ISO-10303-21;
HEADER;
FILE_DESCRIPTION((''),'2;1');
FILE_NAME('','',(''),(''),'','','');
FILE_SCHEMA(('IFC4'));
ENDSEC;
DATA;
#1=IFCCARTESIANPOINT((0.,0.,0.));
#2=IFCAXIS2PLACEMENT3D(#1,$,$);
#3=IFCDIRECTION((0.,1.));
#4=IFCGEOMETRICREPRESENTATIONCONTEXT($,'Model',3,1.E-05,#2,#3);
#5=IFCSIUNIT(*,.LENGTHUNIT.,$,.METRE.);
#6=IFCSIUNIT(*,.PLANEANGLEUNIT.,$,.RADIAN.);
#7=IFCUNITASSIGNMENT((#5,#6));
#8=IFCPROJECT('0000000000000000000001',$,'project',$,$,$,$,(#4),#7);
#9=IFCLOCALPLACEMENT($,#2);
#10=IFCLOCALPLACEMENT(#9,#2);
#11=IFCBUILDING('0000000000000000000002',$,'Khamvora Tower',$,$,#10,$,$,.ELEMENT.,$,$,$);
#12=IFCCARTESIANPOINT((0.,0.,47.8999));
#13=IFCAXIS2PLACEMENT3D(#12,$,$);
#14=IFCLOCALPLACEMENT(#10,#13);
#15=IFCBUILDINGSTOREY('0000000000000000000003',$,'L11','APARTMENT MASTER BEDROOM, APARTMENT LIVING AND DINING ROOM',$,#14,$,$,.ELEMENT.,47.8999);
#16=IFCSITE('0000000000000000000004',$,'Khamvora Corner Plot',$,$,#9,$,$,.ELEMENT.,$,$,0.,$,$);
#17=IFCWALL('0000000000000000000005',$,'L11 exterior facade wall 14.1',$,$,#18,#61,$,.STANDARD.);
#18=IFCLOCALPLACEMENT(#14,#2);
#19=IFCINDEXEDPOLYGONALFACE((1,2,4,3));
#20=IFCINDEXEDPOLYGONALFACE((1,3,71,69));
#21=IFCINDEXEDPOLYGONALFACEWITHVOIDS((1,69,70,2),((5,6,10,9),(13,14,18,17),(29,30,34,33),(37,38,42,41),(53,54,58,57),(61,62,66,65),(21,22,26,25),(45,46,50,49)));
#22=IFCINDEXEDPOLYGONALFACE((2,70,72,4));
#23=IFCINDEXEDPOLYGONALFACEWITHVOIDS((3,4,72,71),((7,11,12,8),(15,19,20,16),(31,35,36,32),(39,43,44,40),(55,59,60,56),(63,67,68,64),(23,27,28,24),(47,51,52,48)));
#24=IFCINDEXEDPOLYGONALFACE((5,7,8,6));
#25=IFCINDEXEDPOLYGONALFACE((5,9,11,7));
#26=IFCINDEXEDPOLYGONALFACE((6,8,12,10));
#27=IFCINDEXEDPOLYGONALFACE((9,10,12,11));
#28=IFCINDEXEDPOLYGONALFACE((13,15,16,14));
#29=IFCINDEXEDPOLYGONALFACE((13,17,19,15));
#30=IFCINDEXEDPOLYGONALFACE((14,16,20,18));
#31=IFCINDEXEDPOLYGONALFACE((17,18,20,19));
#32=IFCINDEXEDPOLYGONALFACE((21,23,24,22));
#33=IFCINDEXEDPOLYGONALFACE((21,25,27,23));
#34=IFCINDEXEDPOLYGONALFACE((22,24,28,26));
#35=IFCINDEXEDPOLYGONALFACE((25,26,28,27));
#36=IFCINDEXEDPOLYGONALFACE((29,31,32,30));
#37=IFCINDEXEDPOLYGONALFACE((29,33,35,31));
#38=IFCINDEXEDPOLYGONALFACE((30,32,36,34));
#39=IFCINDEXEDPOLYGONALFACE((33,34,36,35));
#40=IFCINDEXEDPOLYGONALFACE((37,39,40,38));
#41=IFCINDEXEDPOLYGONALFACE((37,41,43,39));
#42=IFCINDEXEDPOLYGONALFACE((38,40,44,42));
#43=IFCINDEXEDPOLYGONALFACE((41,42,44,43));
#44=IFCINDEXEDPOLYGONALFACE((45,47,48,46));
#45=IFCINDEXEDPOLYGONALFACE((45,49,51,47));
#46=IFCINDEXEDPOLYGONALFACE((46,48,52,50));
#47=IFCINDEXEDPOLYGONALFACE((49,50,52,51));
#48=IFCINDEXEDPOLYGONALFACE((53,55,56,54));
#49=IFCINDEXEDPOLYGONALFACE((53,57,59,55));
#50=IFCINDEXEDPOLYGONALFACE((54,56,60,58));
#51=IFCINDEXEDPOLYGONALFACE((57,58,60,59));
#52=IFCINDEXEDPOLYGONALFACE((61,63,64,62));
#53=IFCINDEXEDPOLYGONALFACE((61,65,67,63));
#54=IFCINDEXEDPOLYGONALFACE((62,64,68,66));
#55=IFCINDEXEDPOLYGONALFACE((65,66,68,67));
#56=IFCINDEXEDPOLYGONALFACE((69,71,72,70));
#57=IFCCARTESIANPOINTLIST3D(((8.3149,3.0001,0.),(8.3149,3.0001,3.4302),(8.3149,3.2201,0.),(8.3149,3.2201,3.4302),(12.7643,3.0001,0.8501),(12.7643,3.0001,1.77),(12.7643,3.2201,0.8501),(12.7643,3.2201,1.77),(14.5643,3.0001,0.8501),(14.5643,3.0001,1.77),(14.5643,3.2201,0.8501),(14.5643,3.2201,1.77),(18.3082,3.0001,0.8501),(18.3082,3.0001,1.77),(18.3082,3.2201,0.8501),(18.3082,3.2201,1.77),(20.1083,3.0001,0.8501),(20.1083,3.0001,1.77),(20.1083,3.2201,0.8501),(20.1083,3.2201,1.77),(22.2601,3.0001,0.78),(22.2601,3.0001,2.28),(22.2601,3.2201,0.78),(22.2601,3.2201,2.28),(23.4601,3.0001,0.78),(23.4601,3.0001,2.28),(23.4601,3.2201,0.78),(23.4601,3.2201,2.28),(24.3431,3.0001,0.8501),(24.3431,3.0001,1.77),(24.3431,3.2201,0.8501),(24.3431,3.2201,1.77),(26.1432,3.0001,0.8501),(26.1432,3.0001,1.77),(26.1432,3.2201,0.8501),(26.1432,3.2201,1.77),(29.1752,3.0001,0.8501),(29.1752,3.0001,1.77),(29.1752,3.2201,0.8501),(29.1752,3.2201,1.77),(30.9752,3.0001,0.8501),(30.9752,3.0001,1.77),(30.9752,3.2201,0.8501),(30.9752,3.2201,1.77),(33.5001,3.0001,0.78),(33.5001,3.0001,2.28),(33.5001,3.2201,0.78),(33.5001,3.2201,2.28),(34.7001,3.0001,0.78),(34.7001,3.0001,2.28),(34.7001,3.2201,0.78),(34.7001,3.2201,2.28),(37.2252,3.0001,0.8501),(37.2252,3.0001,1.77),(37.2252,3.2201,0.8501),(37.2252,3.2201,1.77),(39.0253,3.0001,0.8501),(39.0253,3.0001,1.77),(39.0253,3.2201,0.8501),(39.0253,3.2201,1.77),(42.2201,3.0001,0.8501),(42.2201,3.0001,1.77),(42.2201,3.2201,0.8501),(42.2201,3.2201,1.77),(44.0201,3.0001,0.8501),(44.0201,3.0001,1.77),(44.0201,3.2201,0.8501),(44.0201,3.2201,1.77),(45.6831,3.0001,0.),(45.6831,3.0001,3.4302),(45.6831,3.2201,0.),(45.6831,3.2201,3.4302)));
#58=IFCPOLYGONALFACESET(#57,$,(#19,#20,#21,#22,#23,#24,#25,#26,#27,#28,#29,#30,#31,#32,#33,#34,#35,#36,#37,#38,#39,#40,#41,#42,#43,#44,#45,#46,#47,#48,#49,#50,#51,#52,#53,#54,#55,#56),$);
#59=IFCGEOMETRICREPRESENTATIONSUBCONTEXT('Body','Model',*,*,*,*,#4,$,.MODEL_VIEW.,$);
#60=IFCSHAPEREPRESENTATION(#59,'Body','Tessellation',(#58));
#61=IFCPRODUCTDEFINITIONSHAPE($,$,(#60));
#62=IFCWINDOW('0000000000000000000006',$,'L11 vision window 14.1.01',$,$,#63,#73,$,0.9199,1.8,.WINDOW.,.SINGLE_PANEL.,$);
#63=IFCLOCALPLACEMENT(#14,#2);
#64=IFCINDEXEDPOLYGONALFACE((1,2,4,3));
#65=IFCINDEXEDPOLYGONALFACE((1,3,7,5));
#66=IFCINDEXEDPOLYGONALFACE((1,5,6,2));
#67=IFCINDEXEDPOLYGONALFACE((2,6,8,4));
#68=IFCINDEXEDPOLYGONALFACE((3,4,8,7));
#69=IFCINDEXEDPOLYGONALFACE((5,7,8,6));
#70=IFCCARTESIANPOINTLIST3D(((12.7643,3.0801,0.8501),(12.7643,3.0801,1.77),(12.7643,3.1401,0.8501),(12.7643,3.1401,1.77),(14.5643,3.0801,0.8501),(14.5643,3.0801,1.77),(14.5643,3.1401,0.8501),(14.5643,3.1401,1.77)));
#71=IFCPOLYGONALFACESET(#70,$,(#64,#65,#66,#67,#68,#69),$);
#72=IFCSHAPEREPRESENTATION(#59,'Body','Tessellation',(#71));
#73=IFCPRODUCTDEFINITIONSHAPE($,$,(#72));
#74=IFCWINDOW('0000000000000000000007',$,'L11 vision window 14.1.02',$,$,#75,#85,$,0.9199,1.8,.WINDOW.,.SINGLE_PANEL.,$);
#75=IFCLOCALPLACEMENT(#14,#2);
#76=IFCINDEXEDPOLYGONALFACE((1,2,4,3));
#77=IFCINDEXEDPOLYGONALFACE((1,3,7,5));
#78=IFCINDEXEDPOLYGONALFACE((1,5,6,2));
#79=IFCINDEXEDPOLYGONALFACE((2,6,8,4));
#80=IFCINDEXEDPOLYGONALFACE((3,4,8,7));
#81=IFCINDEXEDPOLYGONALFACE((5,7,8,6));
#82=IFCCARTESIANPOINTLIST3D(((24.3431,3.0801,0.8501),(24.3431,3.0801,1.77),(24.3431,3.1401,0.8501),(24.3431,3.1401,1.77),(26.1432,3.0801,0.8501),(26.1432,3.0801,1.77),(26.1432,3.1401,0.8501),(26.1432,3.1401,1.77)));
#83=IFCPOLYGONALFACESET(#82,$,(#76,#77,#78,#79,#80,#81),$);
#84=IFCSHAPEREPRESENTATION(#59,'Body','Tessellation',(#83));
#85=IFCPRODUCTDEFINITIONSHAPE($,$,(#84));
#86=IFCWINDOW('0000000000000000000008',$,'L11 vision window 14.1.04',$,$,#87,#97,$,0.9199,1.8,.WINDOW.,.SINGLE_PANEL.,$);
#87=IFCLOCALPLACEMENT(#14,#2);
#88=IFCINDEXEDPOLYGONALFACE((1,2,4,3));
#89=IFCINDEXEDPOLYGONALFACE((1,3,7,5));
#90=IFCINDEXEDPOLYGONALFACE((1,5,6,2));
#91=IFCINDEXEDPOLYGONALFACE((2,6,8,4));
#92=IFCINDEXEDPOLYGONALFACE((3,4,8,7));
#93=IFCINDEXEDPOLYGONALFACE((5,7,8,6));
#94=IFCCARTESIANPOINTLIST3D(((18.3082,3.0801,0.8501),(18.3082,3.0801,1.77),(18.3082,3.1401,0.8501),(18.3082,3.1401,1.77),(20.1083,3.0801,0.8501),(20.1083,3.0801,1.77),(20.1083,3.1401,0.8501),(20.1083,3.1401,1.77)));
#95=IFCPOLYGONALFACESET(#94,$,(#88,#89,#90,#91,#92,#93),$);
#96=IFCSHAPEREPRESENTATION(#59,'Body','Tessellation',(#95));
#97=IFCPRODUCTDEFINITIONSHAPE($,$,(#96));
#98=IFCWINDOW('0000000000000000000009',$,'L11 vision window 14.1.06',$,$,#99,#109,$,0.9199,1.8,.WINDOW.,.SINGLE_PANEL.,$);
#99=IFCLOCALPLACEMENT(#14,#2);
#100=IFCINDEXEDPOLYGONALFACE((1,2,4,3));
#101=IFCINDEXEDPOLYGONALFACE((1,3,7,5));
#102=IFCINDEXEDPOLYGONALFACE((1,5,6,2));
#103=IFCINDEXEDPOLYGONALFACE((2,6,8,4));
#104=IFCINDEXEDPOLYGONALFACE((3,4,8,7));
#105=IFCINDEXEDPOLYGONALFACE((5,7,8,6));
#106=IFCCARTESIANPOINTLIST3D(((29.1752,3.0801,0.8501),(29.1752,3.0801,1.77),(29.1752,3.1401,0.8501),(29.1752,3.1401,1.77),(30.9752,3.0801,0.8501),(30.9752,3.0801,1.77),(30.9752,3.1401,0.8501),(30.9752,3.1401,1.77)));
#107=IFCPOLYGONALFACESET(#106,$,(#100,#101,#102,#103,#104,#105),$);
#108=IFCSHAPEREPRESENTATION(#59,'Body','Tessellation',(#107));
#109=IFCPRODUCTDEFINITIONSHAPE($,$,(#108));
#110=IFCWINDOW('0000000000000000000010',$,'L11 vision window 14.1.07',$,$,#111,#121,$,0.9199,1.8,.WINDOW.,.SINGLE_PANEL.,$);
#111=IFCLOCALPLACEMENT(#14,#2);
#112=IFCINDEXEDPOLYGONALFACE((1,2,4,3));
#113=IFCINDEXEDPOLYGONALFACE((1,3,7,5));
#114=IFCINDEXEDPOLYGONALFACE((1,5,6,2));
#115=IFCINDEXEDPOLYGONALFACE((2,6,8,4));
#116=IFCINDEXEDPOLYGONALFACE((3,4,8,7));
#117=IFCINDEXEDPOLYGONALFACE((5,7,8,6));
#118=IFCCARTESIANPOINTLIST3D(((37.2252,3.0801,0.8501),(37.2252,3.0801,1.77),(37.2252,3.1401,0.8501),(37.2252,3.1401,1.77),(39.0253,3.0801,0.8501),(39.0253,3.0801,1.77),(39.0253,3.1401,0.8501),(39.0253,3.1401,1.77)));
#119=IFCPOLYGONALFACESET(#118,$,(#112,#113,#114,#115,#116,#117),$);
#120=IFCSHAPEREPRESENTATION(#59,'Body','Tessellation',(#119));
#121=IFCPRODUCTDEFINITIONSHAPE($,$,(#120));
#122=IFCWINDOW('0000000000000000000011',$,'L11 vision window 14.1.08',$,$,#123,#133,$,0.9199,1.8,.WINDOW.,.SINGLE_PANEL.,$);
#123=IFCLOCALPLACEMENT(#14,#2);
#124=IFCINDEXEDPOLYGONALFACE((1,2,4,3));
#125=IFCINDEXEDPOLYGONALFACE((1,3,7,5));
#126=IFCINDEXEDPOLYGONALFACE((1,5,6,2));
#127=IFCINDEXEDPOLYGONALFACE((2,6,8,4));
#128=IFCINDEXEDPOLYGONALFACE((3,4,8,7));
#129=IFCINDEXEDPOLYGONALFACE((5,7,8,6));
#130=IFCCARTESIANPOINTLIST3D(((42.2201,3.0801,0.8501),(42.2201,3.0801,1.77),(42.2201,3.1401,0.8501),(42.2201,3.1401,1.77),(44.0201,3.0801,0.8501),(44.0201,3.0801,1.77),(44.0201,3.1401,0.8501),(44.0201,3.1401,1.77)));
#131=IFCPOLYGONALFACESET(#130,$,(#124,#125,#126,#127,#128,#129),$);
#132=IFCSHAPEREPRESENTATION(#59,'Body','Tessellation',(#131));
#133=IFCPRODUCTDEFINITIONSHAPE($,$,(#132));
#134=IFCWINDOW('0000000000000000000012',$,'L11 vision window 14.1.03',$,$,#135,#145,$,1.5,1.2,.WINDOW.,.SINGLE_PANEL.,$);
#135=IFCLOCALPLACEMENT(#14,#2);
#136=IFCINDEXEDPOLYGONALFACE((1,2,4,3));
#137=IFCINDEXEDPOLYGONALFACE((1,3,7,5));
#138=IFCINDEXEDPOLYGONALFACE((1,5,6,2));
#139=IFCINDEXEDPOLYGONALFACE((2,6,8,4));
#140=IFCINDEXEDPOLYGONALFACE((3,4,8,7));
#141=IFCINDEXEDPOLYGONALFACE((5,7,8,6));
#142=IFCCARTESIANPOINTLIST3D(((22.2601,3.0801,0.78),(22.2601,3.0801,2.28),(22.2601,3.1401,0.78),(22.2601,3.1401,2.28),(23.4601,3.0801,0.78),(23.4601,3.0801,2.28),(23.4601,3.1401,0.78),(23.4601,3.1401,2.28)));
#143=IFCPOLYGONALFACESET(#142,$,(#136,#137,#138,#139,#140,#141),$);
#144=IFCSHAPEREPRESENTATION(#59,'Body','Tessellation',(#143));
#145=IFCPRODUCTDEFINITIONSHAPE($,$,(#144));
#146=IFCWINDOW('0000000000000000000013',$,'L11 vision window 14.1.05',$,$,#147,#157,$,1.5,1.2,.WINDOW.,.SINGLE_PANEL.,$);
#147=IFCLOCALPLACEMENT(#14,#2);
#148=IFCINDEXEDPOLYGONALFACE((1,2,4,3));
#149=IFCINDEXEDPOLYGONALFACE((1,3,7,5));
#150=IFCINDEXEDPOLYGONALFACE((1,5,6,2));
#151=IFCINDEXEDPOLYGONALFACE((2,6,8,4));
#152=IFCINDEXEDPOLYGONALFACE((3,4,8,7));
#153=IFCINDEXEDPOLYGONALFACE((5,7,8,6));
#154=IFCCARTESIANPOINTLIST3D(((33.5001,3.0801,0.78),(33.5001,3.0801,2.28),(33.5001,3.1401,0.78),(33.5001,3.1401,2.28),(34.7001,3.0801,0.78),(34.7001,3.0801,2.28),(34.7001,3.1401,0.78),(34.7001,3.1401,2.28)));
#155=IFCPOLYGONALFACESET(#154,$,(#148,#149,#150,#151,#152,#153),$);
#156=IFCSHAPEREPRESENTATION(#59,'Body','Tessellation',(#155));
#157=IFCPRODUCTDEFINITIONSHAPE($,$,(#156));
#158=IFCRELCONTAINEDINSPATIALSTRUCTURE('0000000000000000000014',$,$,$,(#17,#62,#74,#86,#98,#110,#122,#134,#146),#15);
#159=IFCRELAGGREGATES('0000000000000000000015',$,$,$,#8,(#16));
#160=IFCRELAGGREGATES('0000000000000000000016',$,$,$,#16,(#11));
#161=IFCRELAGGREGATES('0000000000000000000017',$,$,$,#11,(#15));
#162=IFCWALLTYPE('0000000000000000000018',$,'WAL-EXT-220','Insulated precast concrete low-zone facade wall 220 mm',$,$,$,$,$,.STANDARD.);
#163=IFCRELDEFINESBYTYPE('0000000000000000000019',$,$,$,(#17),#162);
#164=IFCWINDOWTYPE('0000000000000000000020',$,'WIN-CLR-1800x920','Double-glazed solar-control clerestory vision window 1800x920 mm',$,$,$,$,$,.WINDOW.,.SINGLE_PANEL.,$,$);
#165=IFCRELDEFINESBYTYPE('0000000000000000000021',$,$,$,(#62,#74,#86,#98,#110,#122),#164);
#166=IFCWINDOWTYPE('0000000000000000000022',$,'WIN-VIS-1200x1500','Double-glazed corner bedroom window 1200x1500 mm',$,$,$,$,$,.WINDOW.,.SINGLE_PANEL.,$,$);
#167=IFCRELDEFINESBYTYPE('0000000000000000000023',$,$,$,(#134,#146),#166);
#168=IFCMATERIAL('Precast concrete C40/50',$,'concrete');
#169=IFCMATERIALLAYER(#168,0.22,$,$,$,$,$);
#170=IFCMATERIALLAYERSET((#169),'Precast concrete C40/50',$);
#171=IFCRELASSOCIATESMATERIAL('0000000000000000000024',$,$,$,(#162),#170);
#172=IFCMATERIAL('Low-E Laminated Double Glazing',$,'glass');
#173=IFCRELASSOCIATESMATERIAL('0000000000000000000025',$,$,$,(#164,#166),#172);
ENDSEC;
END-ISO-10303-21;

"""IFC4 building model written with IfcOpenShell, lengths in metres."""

from ifc_helpers import new_model, si_unit, direction, frame, frame_2d, origin, place, context, subcontext, project, spatial, rectangle, extrude, material, layer, layer_set, type_object, element, fill, save


model = new_model("IFC4")

# Units and contexts
model_context = context("Model", 3, precision=1e-05, world=origin(), true_north=direction((0.0, 1.0)))
body_context = subcontext(model_context, "Body", "Model", "MODEL_VIEW")
ifc_project = project(units=[si_unit("LENGTHUNIT", "METRE"), si_unit("PLANEANGLEUNIT", "RADIAN")], contexts=[model_context])

# Site, building, storey
site_placement = place(None, origin())
site = spatial("IfcSite", under=ifc_project, at=site_placement, Name="Khamvora Corner Plot", CompositionType="ELEMENT", RefElevation=0.0)
building_placement = place(site_placement, origin())
building = spatial("IfcBuilding", under=site, at=building_placement, Name="Khamvora Tower", CompositionType="ELEMENT")
storey_placement = place(building_placement, frame((0.0, 0.0, 47.8999)))
storey = spatial("IfcBuildingStorey", under=building, at=storey_placement, Name="L11", Description="APARTMENT MASTER BEDROOM, APARTMENT LIVING AND DINING ROOM", CompositionType="ELEMENT", Elevation=47.8999)

# Shared definitions
ifc_material_1 = material(Name="Precast concrete C40/50", Category="concrete")
ifc_layer_1 = layer(ifc_material_1, 0.22)
ifc_layer_set_1 = layer_set([ifc_layer_1], Name="Precast concrete C40/50")
wall_type_1 = type_object("IfcWallType", Name="WAL-EXT-220", Description="Insulated precast concrete low-zone facade wall 220 mm", PredefinedType="STANDARD", material=ifc_layer_set_1)

# Wall, openings, windows
wall_1_placement = place(storey_placement, frame((45.6831, 3.1101, 0.0), z_axis=(0.0, 0.0, 1.0), x_axis=(-1.0, 0.0, 0.0)))
wall_1 = element("IfcWall", 1, at=wall_1_placement, inside=storey, type_object=wall_type_1, Name="L11 exterior facade wall 14.1", PredefinedType="STANDARD", context=body_context, shape_type="SweptSolid", body=[
    extrude(rectangle(XDim=37.3682, YDim=0.22, at=frame_2d((18.6841, 0.0))), origin(), (0.0, 0.0, 1.0), 3.4302),
])
opening_1_placement = place(wall_1_placement, frame((31.1189, 0.0, 0.8501)))
opening_1 = element("IfcOpeningElement", 2, at=opening_1_placement, cuts=wall_1, PredefinedType="OPENING", context=body_context, shape_type="SweptSolid", body=[
    extrude(rectangle(XDim=1.8, YDim=0.9199, at=frame_2d((0.8999, 0.46))), frame((0.0, 0.1199, 0.0), z_axis=(0.0, -1.0, 0.0), x_axis=(1.0, 0.0, 0.0)), (0.0, 0.0, 1.0), 0.24),
])
opening_2_placement = place(wall_1_placement, frame((19.54, 0.0, 0.8501)))
opening_2 = element("IfcOpeningElement", 3, at=opening_2_placement, cuts=wall_1, PredefinedType="OPENING", context=body_context, shape_type="SweptSolid", body=[
    extrude(rectangle(XDim=1.8, YDim=0.9199, at=frame_2d((0.8999, 0.46))), frame((0.0, 0.1199, 0.0), z_axis=(0.0, -1.0, 0.0), x_axis=(1.0, 0.0, 0.0)), (0.0, 0.0, 1.0), 0.24),
])
opening_3_placement = place(wall_1_placement, frame((22.2229, 0.0, 0.78)))
opening_3 = element("IfcOpeningElement", 4, at=opening_3_placement, cuts=wall_1, PredefinedType="OPENING", context=body_context, shape_type="SweptSolid", body=[
    extrude(rectangle(XDim=1.2, YDim=1.5, at=frame_2d((0.6001, 0.75))), frame((0.0, 0.1199, 0.0), z_axis=(0.0, -1.0, 0.0), x_axis=(1.0, 0.0, 0.0)), (0.0, 0.0, 1.0), 0.24),
])
opening_4_placement = place(wall_1_placement, frame((25.575, 0.0, 0.8501)))
opening_4 = element("IfcOpeningElement", 5, at=opening_4_placement, cuts=wall_1, PredefinedType="OPENING", context=body_context, shape_type="SweptSolid", body=[
    extrude(rectangle(XDim=1.8, YDim=0.9199, at=frame_2d((0.8999, 0.46))), frame((0.0, 0.1199, 0.0), z_axis=(0.0, -1.0, 0.0), x_axis=(1.0, 0.0, 0.0)), (0.0, 0.0, 1.0), 0.24),
])
opening_5_placement = place(wall_1_placement, frame((10.9829, 0.0, 0.78)))
opening_5 = element("IfcOpeningElement", 6, at=opening_5_placement, cuts=wall_1, PredefinedType="OPENING", context=body_context, shape_type="SweptSolid", body=[
    extrude(rectangle(XDim=1.2, YDim=1.5, at=frame_2d((0.6001, 0.75))), frame((0.0, 0.1199, 0.0), z_axis=(0.0, -1.0, 0.0), x_axis=(1.0, 0.0, 0.0)), (0.0, 0.0, 1.0), 0.24),
])
opening_6_placement = place(wall_1_placement, frame((14.708, 0.0, 0.8501)))
opening_6 = element("IfcOpeningElement", 7, at=opening_6_placement, cuts=wall_1, PredefinedType="OPENING", context=body_context, shape_type="SweptSolid", body=[
    extrude(rectangle(XDim=1.8, YDim=0.9199, at=frame_2d((0.8999, 0.46))), frame((0.0, 0.1199, 0.0), z_axis=(0.0, -1.0, 0.0), x_axis=(1.0, 0.0, 0.0)), (0.0, 0.0, 1.0), 0.24),
])
opening_7_placement = place(wall_1_placement, frame((6.658, 0.0, 0.8501)))
opening_7 = element("IfcOpeningElement", 8, at=opening_7_placement, cuts=wall_1, PredefinedType="OPENING", context=body_context, shape_type="SweptSolid", body=[
    extrude(rectangle(XDim=1.8, YDim=0.9199, at=frame_2d((0.8999, 0.46))), frame((0.0, 0.1199, 0.0), z_axis=(0.0, -1.0, 0.0), x_axis=(1.0, 0.0, 0.0)), (0.0, 0.0, 1.0), 0.24),
])
opening_8_placement = place(wall_1_placement, frame((1.6631, 0.0, 0.8501)))
opening_8 = element("IfcOpeningElement", 9, at=opening_8_placement, cuts=wall_1, PredefinedType="OPENING", context=body_context, shape_type="SweptSolid", body=[
    extrude(rectangle(XDim=1.8, YDim=0.9199, at=frame_2d((0.8999, 0.46))), frame((0.0, 0.1199, 0.0), z_axis=(0.0, -1.0, 0.0), x_axis=(1.0, 0.0, 0.0)), (0.0, 0.0, 1.0), 0.24),
])
ifc_material_2 = material(Name="Low-E Laminated Double Glazing", Category="glass")
window_type_1 = type_object("IfcWindowType", Name="WIN-CLR-1800x920", Description="Double-glazed solar-control clerestory vision window 1800x920 mm", PartitioningType="SINGLE_PANEL", PredefinedType="WINDOW", material=ifc_material_2)
window_1_placement = place(opening_1_placement, origin())
window_1 = element("IfcWindow", 10, at=window_1_placement, inside=storey, type_object=window_type_1, Name="L11 vision window 14.1.01", OverallHeight=0.9199, OverallWidth=1.8, PartitioningType="SINGLE_PANEL", PredefinedType="WINDOW", context=body_context, shape_type="SweptSolid", body=[
    extrude(rectangle(XDim=1.8, YDim=0.9199, at=frame_2d((0.8999, 0.46))), frame((0.0, 0.03, 0.0), z_axis=(0.0, -1.0, 0.0), x_axis=(1.0, 0.0, 0.0)), (0.0, 0.0, 1.0), 0.0601),
])
fill(opening_1, window_1)
window_2_placement = place(opening_2_placement, origin())
window_2 = element("IfcWindow", 11, at=window_2_placement, inside=storey, type_object=window_type_1, Name="L11 vision window 14.1.02", OverallHeight=0.9199, OverallWidth=1.8, PartitioningType="SINGLE_PANEL", PredefinedType="WINDOW", context=body_context, shape_type="SweptSolid", body=[
    extrude(rectangle(XDim=1.8, YDim=0.9199, at=frame_2d((0.8999, 0.46))), frame((0.0, 0.03, 0.0), z_axis=(0.0, -1.0, 0.0), x_axis=(1.0, 0.0, 0.0)), (0.0, 0.0, 1.0), 0.0601),
])
fill(opening_2, window_2)
window_3_placement = place(opening_4_placement, origin())
window_3 = element("IfcWindow", 12, at=window_3_placement, inside=storey, type_object=window_type_1, Name="L11 vision window 14.1.04", OverallHeight=0.9199, OverallWidth=1.8, PartitioningType="SINGLE_PANEL", PredefinedType="WINDOW", context=body_context, shape_type="SweptSolid", body=[
    extrude(rectangle(XDim=1.8, YDim=0.9199, at=frame_2d((0.8999, 0.46))), frame((0.0, 0.03, 0.0), z_axis=(0.0, -1.0, 0.0), x_axis=(1.0, 0.0, 0.0)), (0.0, 0.0, 1.0), 0.0601),
])
fill(opening_4, window_3)
window_4_placement = place(opening_6_placement, origin())
window_4 = element("IfcWindow", 13, at=window_4_placement, inside=storey, type_object=window_type_1, Name="L11 vision window 14.1.06", OverallHeight=0.9199, OverallWidth=1.8, PartitioningType="SINGLE_PANEL", PredefinedType="WINDOW", context=body_context, shape_type="SweptSolid", body=[
    extrude(rectangle(XDim=1.8, YDim=0.9199, at=frame_2d((0.8999, 0.46))), frame((0.0, 0.03, 0.0), z_axis=(0.0, -1.0, 0.0), x_axis=(1.0, 0.0, 0.0)), (0.0, 0.0, 1.0), 0.0601),
])
fill(opening_6, window_4)
window_5_placement = place(opening_7_placement, origin())
window_5 = element("IfcWindow", 14, at=window_5_placement, inside=storey, type_object=window_type_1, Name="L11 vision window 14.1.07", OverallHeight=0.9199, OverallWidth=1.8, PartitioningType="SINGLE_PANEL", PredefinedType="WINDOW", context=body_context, shape_type="SweptSolid", body=[
    extrude(rectangle(XDim=1.8, YDim=0.9199, at=frame_2d((0.8999, 0.46))), frame((0.0, 0.03, 0.0), z_axis=(0.0, -1.0, 0.0), x_axis=(1.0, 0.0, 0.0)), (0.0, 0.0, 1.0), 0.0601),
])
fill(opening_7, window_5)
window_6_placement = place(opening_8_placement, origin())
window_6 = element("IfcWindow", 15, at=window_6_placement, inside=storey, type_object=window_type_1, Name="L11 vision window 14.1.08", OverallHeight=0.9199, OverallWidth=1.8, PartitioningType="SINGLE_PANEL", PredefinedType="WINDOW", context=body_context, shape_type="SweptSolid", body=[
    extrude(rectangle(XDim=1.8, YDim=0.9199, at=frame_2d((0.8999, 0.46))), frame((0.0, 0.03, 0.0), z_axis=(0.0, -1.0, 0.0), x_axis=(1.0, 0.0, 0.0)), (0.0, 0.0, 1.0), 0.0601),
])
fill(opening_8, window_6)
window_type_2 = type_object("IfcWindowType", Name="WIN-VIS-1200x1500", Description="Double-glazed corner bedroom window 1200x1500 mm", PartitioningType="SINGLE_PANEL", PredefinedType="WINDOW", material=ifc_material_2)
window_7_placement = place(opening_3_placement, origin())
window_7 = element("IfcWindow", 16, at=window_7_placement, inside=storey, type_object=window_type_2, Name="L11 vision window 14.1.03", OverallHeight=1.5, OverallWidth=1.2, PartitioningType="SINGLE_PANEL", PredefinedType="WINDOW", context=body_context, shape_type="SweptSolid", body=[
    extrude(rectangle(XDim=1.2, YDim=1.5, at=frame_2d((0.6001, 0.75))), frame((0.0, 0.03, 0.0), z_axis=(0.0, -1.0, 0.0), x_axis=(1.0, 0.0, 0.0)), (0.0, 0.0, 1.0), 0.0601),
])
fill(opening_3, window_7)
window_8_placement = place(opening_5_placement, origin())
window_8 = element("IfcWindow", 17, at=window_8_placement, inside=storey, type_object=window_type_2, Name="L11 vision window 14.1.05", OverallHeight=1.5, OverallWidth=1.2, PartitioningType="SINGLE_PANEL", PredefinedType="WINDOW", context=body_context, shape_type="SweptSolid", body=[
    extrude(rectangle(XDim=1.2, YDim=1.5, at=frame_2d((0.6001, 0.75))), frame((0.0, 0.03, 0.0), z_axis=(0.0, -1.0, 0.0), x_axis=(1.0, 0.0, 0.0)), (0.0, 0.0, 1.0), 0.0601),
])
fill(opening_5, window_8)

save(model, "model.ifc")
